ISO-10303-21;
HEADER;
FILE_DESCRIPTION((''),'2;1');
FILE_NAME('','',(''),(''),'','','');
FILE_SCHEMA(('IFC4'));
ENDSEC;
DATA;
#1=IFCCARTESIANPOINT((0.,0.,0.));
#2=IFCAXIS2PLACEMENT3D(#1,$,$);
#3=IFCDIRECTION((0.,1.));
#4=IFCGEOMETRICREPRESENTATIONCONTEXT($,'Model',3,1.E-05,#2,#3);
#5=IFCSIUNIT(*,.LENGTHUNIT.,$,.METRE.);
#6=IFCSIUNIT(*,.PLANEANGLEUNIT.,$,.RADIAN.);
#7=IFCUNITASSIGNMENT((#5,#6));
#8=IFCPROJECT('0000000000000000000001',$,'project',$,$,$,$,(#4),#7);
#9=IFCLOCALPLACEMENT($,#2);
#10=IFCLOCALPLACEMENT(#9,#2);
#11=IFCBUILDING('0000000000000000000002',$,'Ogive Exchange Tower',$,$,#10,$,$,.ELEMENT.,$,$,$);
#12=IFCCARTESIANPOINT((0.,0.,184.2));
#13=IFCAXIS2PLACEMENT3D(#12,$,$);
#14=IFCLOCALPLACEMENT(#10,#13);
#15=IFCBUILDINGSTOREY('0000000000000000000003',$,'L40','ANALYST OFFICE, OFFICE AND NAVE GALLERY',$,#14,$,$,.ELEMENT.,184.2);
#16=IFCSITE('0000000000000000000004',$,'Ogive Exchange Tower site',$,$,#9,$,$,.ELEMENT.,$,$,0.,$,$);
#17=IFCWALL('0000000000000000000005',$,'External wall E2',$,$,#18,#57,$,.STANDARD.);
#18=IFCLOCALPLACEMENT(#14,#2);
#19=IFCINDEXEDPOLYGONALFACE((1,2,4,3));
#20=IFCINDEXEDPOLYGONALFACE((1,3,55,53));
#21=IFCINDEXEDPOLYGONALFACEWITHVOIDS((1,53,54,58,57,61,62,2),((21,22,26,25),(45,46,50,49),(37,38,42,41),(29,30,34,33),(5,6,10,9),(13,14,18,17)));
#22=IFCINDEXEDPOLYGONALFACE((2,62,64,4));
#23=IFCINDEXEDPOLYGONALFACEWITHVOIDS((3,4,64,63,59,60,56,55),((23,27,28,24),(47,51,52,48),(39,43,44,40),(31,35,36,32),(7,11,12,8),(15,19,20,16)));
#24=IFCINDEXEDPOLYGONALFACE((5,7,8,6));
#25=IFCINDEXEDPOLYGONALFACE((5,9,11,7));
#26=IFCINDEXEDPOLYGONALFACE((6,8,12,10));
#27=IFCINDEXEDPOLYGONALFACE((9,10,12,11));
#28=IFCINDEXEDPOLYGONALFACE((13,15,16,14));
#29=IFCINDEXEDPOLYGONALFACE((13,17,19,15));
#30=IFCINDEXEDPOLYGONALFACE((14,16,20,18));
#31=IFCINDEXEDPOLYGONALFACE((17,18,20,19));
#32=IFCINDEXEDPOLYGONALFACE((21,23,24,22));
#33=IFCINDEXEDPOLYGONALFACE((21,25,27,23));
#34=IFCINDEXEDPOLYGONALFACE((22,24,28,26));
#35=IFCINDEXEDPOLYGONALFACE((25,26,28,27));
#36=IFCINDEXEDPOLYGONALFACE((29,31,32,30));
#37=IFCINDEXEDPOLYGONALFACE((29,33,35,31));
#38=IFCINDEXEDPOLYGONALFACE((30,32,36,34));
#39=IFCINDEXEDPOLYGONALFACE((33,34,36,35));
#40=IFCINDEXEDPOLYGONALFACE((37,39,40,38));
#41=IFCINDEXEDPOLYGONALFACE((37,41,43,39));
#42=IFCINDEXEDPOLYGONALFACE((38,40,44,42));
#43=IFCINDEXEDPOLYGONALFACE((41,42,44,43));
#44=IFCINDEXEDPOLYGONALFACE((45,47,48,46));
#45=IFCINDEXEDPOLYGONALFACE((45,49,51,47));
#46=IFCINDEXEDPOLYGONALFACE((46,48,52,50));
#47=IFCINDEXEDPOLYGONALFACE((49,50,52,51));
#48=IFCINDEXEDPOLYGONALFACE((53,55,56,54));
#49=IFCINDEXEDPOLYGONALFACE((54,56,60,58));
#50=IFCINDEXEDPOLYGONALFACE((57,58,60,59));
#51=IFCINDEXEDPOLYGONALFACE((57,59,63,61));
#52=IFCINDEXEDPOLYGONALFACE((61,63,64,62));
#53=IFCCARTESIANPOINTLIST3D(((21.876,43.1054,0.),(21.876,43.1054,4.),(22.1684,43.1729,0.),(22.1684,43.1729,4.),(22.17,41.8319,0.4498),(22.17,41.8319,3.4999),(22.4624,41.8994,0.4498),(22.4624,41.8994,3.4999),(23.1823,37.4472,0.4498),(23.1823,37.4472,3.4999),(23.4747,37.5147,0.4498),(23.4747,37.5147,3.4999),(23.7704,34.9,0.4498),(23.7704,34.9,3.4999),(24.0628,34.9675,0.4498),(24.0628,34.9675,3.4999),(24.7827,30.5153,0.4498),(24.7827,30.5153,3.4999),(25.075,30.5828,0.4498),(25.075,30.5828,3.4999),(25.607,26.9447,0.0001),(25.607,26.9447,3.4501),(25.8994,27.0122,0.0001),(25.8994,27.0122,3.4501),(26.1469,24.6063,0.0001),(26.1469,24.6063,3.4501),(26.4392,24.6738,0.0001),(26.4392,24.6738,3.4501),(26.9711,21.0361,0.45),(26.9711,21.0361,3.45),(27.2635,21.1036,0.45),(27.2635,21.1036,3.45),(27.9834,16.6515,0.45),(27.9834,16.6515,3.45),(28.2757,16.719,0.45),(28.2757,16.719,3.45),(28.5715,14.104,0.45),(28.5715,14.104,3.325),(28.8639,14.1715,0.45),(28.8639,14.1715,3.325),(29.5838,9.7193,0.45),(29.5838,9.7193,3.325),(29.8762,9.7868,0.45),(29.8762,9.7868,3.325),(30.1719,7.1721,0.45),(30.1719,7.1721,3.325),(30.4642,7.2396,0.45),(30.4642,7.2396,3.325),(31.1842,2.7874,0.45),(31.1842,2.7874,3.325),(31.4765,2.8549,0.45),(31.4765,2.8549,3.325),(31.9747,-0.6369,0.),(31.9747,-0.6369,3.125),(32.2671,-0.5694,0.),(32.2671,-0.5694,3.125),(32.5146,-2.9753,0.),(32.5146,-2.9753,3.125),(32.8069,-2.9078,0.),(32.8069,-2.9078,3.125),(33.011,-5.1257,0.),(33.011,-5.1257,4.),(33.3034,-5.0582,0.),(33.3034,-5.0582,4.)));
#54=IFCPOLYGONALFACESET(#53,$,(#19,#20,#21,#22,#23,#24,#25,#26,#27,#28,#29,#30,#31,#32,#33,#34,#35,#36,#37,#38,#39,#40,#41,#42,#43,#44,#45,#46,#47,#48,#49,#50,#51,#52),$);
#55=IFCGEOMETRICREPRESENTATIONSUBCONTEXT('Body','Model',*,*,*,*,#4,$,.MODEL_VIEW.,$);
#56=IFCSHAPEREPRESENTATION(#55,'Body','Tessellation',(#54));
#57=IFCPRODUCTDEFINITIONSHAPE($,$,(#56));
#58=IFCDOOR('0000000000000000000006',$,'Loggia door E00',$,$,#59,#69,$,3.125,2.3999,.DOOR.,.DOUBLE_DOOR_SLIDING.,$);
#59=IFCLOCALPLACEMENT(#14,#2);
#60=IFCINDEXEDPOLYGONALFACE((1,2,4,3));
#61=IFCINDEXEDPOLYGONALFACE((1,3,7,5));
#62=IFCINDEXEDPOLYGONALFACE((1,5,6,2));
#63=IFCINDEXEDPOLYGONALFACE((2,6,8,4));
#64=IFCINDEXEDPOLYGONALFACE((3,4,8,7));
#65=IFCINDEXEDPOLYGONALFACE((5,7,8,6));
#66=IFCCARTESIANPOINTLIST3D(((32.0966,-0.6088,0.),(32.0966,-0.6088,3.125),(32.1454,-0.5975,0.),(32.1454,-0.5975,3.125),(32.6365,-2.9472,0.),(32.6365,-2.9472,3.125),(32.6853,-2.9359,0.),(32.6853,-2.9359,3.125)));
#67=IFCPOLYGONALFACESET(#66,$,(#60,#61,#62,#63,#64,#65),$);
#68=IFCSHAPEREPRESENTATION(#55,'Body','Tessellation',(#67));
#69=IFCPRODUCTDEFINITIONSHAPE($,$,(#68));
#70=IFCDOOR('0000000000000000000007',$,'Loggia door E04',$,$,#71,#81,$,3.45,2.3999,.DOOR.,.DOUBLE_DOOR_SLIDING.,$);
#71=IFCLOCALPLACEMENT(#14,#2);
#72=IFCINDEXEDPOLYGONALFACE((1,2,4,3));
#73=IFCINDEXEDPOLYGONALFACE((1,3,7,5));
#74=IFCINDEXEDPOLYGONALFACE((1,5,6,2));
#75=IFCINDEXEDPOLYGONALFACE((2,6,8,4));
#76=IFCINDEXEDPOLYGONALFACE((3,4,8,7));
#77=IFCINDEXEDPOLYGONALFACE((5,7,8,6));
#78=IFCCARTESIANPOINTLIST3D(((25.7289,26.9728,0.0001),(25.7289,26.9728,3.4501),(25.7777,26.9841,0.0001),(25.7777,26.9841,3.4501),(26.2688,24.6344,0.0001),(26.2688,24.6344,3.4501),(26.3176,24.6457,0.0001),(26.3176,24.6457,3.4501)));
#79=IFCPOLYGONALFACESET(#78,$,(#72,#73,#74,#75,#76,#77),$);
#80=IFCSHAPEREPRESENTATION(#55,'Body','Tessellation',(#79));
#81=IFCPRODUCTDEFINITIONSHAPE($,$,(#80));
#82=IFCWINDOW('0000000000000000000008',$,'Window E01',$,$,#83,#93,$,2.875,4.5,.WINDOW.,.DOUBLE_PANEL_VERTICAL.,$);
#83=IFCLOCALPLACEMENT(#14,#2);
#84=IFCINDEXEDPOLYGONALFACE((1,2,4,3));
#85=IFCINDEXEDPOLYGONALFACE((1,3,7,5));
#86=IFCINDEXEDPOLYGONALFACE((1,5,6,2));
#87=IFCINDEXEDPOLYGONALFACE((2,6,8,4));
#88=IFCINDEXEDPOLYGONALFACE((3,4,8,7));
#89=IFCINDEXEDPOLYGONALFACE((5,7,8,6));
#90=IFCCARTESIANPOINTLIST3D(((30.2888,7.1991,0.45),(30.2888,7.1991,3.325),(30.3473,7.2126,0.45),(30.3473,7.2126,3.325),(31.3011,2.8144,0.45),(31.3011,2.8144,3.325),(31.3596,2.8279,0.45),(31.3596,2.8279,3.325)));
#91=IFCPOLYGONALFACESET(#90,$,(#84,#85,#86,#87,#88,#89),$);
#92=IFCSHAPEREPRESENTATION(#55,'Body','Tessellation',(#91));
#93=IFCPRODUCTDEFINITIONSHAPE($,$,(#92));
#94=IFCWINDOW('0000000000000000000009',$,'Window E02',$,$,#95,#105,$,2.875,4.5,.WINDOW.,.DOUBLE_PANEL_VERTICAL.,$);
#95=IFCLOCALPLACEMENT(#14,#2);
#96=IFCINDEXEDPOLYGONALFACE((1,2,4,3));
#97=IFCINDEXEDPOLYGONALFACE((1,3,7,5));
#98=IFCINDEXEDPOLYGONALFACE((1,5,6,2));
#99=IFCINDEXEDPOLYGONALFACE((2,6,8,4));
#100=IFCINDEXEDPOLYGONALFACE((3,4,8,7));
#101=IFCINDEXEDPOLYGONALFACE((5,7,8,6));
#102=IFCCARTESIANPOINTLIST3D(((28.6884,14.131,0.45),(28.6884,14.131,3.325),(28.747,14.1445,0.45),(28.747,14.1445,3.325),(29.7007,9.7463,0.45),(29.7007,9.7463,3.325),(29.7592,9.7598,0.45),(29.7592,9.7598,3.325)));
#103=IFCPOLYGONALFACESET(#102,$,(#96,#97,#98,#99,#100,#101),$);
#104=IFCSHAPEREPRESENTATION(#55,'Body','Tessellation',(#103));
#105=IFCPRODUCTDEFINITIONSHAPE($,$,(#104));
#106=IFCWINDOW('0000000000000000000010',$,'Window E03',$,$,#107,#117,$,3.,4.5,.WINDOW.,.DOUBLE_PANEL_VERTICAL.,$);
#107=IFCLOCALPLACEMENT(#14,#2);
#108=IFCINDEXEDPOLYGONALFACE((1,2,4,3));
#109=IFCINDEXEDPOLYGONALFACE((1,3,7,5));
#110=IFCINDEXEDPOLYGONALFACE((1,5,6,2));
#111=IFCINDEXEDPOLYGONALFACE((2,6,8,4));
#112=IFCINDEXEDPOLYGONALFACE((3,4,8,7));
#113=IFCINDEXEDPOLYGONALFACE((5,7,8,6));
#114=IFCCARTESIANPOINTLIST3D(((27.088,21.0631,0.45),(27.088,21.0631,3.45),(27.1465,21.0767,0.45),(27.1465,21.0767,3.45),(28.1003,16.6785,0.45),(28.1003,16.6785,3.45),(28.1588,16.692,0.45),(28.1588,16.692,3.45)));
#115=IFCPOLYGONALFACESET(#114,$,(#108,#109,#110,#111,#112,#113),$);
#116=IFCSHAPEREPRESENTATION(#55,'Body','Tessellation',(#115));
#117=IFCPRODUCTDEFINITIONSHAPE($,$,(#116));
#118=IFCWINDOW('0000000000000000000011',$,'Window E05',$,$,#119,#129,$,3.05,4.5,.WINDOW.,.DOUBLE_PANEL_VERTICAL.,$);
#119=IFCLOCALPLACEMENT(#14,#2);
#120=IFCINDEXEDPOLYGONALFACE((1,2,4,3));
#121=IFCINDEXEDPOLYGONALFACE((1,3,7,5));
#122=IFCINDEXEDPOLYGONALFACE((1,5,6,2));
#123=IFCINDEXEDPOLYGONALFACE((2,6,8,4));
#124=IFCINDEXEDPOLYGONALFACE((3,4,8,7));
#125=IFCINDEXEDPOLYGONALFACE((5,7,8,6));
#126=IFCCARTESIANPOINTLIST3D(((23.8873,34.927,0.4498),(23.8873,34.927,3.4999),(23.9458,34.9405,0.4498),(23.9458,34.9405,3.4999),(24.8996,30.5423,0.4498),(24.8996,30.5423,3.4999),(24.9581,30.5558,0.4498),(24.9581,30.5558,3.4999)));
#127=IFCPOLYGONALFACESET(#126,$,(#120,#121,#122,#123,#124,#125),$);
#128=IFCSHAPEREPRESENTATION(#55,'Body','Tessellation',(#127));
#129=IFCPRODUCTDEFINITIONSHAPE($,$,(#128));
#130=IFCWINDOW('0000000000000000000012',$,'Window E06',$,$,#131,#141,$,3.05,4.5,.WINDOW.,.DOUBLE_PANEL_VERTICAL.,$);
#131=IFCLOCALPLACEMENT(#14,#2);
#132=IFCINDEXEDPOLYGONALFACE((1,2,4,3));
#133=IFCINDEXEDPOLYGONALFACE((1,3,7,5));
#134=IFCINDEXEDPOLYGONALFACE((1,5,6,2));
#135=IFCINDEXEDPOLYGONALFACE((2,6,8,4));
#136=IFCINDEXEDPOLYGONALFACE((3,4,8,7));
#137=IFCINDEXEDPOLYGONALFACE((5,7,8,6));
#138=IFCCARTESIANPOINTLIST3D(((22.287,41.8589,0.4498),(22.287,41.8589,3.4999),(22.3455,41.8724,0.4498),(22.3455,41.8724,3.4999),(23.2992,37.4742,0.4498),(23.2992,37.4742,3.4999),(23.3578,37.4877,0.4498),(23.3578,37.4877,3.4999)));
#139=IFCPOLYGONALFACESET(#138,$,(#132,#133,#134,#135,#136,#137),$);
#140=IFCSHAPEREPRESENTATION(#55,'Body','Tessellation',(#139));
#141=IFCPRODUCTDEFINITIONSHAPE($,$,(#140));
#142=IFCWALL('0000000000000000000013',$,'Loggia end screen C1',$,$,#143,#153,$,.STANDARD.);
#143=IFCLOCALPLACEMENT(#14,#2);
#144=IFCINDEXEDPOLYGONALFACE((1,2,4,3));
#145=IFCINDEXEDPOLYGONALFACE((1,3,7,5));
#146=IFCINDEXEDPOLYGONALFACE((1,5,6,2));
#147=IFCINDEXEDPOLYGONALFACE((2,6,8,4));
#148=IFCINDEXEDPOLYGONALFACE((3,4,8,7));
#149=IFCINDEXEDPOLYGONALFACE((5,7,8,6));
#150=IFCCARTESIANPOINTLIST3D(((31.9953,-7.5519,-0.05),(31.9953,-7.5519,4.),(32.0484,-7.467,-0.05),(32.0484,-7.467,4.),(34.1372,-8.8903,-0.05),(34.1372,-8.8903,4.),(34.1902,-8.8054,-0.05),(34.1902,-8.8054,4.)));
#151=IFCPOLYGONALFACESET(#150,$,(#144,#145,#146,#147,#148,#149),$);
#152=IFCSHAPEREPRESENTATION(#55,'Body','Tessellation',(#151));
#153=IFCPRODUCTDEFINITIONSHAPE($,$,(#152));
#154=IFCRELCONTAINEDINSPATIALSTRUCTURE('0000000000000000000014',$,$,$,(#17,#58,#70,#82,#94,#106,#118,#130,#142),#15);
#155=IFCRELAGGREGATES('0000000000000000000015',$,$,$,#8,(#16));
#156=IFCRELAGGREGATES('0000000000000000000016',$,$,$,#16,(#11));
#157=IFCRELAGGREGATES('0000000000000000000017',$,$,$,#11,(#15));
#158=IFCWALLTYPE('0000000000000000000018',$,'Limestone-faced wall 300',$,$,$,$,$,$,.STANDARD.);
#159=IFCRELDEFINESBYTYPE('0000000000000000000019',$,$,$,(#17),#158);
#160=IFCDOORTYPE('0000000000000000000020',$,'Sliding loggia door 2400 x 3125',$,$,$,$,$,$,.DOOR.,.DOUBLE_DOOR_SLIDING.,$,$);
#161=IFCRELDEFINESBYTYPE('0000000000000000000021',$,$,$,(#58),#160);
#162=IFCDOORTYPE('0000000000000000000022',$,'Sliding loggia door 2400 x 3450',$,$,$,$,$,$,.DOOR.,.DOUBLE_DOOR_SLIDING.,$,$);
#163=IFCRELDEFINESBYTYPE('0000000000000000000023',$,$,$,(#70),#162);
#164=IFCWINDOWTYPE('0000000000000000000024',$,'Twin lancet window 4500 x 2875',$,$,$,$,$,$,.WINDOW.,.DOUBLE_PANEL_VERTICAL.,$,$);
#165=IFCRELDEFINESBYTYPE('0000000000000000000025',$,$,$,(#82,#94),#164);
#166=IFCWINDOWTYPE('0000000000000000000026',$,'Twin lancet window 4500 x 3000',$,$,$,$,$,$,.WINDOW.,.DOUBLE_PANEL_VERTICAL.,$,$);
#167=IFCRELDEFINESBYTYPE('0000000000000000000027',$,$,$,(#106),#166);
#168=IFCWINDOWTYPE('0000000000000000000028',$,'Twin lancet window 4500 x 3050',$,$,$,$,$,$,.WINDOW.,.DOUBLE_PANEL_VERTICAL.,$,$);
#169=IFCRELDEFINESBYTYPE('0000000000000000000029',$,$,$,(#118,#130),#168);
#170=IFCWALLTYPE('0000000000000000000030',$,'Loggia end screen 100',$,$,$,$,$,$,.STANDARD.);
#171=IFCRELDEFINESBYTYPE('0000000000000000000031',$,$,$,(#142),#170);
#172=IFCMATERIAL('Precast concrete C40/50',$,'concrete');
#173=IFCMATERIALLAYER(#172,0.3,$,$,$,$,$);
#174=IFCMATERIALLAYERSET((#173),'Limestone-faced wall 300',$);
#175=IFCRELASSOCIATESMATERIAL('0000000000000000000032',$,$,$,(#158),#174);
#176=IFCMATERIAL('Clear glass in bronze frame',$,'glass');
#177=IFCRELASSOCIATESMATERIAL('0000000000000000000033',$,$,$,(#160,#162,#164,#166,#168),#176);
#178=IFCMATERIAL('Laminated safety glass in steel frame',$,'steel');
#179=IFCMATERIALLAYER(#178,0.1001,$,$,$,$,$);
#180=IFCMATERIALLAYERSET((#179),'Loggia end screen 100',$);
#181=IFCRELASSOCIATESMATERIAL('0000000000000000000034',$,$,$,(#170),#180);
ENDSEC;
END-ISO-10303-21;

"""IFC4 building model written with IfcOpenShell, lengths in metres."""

from ifc_helpers import new_model, si_unit, direction, frame, frame_2d, origin, place, context, subcontext, project, spatial, rectangle, extrude, material, layer, layer_set, type_object, element, fill, save


model = new_model("IFC4")

# Units and contexts
model_context = context("Model", 3, precision=1e-05, world=origin(), true_north=direction((0.0, 1.0)))
body_context = subcontext(model_context, "Body", "Model", "MODEL_VIEW")
ifc_project = project(units=[si_unit("LENGTHUNIT", "METRE"), si_unit("PLANEANGLEUNIT", "RADIAN")], contexts=[model_context])

# Site, building, storey
site_placement = place(None, origin())
site = spatial("IfcSite", under=ifc_project, at=site_placement, Name="Ogive Exchange Tower site", CompositionType="ELEMENT", RefElevation=0.0)
building_placement = place(site_placement, origin())
building = spatial("IfcBuilding", under=site, at=building_placement, Name="Ogive Exchange Tower", CompositionType="ELEMENT")
storey_placement = place(building_placement, frame((0.0, 0.0, 184.2)))
storey = spatial("IfcBuildingStorey", under=building, at=storey_placement, Name="L40", Description="ANALYST OFFICE, OFFICE AND NAVE GALLERY", CompositionType="ELEMENT", Elevation=184.2)

# Wall, openings, doors, windows
ifc_material_1 = material(Name="Precast concrete C40/50", Category="concrete")
ifc_layer_1 = layer(ifc_material_1, 0.3)
ifc_layer_set_1 = layer_set([ifc_layer_1], Name="Limestone-faced wall 300")
wall_type_1 = type_object("IfcWallType", Name="Limestone-faced wall 300", PredefinedType="STANDARD", material=ifc_layer_set_1)
wall_1_placement = place(storey_placement, frame((33.1572, -5.092, 0.0), z_axis=(0.0, 0.0, 1.0), x_axis=(-0.22495, 0.97437, 0.0)))
wall_1 = element("IfcWall", 1, at=wall_1_placement, inside=storey, type_object=wall_type_1, Name="External wall E2", PredefinedType="STANDARD", context=body_context, shape_type="SweptSolid", body=[
    extrude(rectangle(XDim=49.4998, YDim=0.3, at=frame_2d((24.75, 0.0))), origin(), (0.0, 0.0, 1.0), 4.0),
])
opening_1_placement = place(wall_1_placement, frame((2.207, 0.0, 0.0)))
opening_1 = element("IfcOpeningElement", 2, at=opening_1_placement, cuts=wall_1, PredefinedType="OPENING", context=body_context, shape_type="SweptSolid", body=[
    extrude(rectangle(XDim=2.3999, YDim=3.125, at=frame_2d((1.2, 1.5625))), frame((0.0, 0.1599, 0.0), z_axis=(0.0, -1.0, 0.0), x_axis=(1.0, 0.0, 0.0)), (0.0, 0.0, 1.0), 0.3201),
])
opening_2_placement = place(wall_1_placement, frame((8.1213, 0.0, 0.45)))
opening_2 = element("IfcOpeningElement", 3, at=opening_2_placement, cuts=wall_1, PredefinedType="OPENING", context=body_context, shape_type="SweptSolid", body=[
    extrude(rectangle(XDim=4.5, YDim=2.875, at=frame_2d((2.25, 1.4375))), frame((0.0, 0.1599, 0.0), z_axis=(0.0, -1.0, 0.0), x_axis=(1.0, 0.0, 0.0)), (0.0, 0.0, 1.0), 0.3201),
])
opening_3_placement = place(wall_1_placement, frame((15.2356, 0.0, 0.45)))
opening_3 = element("IfcOpeningElement", 4, at=opening_3_placement, cuts=wall_1, PredefinedType="OPENING", context=body_context, shape_type="SweptSolid", body=[
    extrude(rectangle(XDim=4.5, YDim=2.875, at=frame_2d((2.25, 1.4375))), frame((0.0, 0.1599, 0.0), z_axis=(0.0, -1.0, 0.0), x_axis=(1.0, 0.0, 0.0)), (0.0, 0.0, 1.0), 0.3201),
])
opening_4_placement = place(wall_1_placement, frame((22.3501, 0.0, 0.45)))
opening_4 = element("IfcOpeningElement", 5, at=opening_4_placement, cuts=wall_1, PredefinedType="OPENING", context=body_context, shape_type="SweptSolid", body=[
    extrude(rectangle(XDim=4.5, YDim=3.0, at=frame_2d((2.25, 1.5))), frame((0.0, 0.1599, 0.0), z_axis=(0.0, -1.0, 0.0), x_axis=(1.0, 0.0, 0.0)), (0.0, 0.0, 1.0), 0.3201),
])
opening_5_placement = place(wall_1_placement, frame((30.5142, 0.0, 0.0)))
opening_5 = element("IfcOpeningElement", 6, at=opening_5_placement, cuts=wall_1, PredefinedType="OPENING", context=body_context, shape_type="SweptSolid", body=[
    extrude(rectangle(XDim=2.3999, YDim=3.45, at=frame_2d((1.2, 1.7251))), frame((0.0, 0.1599, 0.0), z_axis=(0.0, -1.0, 0.0), x_axis=(1.0, 0.0, 0.0)), (0.0, 0.0, 1.0), 0.3201),
])
opening_6_placement = place(wall_1_placement, frame((36.5786, 0.0, 0.45)))
opening_6 = element("IfcOpeningElement", 7, at=opening_6_placement, cuts=wall_1, PredefinedType="OPENING", context=body_context, shape_type="SweptSolid", body=[
    extrude(rectangle(XDim=4.5, YDim=3.05, at=frame_2d((2.25, 1.5249))), frame((0.0, 0.1599, 0.0), z_axis=(0.0, -1.0, 0.0), x_axis=(1.0, 0.0, 0.0)), (0.0, 0.0, 1.0), 0.3201),
])
opening_7_placement = place(wall_1_placement, frame((43.6929, 0.0, 0.45)))
opening_7 = element("IfcOpeningElement", 8, at=opening_7_placement, cuts=wall_1, PredefinedType="OPENING", context=body_context, shape_type="SweptSolid", body=[
    extrude(rectangle(XDim=4.5, YDim=3.05, at=frame_2d((2.25, 1.5249))), frame((0.0, 0.1599, 0.0), z_axis=(0.0, -1.0, 0.0), x_axis=(1.0, 0.0, 0.0)), (0.0, 0.0, 1.0), 0.3201),
])
ifc_material_2 = material(Name="Clear glass in bronze frame", Category="glass")
door_type_1 = type_object("IfcDoorType", Name="Sliding loggia door 2400 x 3125", OperationType="DOUBLE_DOOR_SLIDING", PredefinedType="DOOR", material=ifc_material_2)
door_1_placement = place(opening_1_placement, origin())
door_1 = element("IfcDoor", 9, at=door_1_placement, inside=storey, type_object=door_type_1, Name="Loggia door E00", OperationType="DOUBLE_DOOR_SLIDING", OverallHeight=3.125, OverallWidth=2.3999, PredefinedType="DOOR", context=body_context, shape_type="SweptSolid", body=[
    extrude(rectangle(XDim=2.3999, YDim=3.125, at=frame_2d((1.2, 1.5625))), frame((0.0, 0.0249, 0.0), z_axis=(0.0, -1.0, 0.0), x_axis=(1.0, 0.0, 0.0)), (0.0, 0.0, 1.0), 0.05),
])
fill(opening_1, door_1)
door_type_2 = type_object("IfcDoorType", Name="Sliding loggia door 2400 x 3450", OperationType="DOUBLE_DOOR_SLIDING", PredefinedType="DOOR", material=ifc_material_2)
door_2_placement = place(opening_5_placement, origin())
door_2 = element("IfcDoor", 10, at=door_2_placement, inside=storey, type_object=door_type_2, Name="Loggia door E04", OperationType="DOUBLE_DOOR_SLIDING", OverallHeight=3.45, OverallWidth=2.3999, PredefinedType="DOOR", context=body_context, shape_type="SweptSolid", body=[
    extrude(rectangle(XDim=2.3999, YDim=3.45, at=frame_2d((1.2, 1.7251))), frame((0.0, 0.0249, 0.0), z_axis=(0.0, -1.0, 0.0), x_axis=(1.0, 0.0, 0.0)), (0.0, 0.0, 1.0), 0.05),
])
fill(opening_5, door_2)
window_type_1 = type_object("IfcWindowType", Name="Twin lancet window 4500 x 2875", PartitioningType="DOUBLE_PANEL_VERTICAL", PredefinedType="WINDOW", material=ifc_material_2)
window_1_placement = place(opening_2_placement, origin())
window_1 = element("IfcWindow", 11, at=window_1_placement, inside=storey, type_object=window_type_1, Name="Window E01", OverallHeight=2.875, OverallWidth=4.5, PartitioningType="DOUBLE_PANEL_VERTICAL", PredefinedType="WINDOW", context=body_context, shape_type="SweptSolid", body=[
    extrude(rectangle(XDim=4.5, YDim=2.875, at=frame_2d((2.25, 1.4375))), frame((0.0, 0.03, 0.0), z_axis=(0.0, -1.0, 0.0), x_axis=(1.0, 0.0, 0.0)), (0.0, 0.0, 1.0), 0.0601),
])
fill(opening_2, window_1)
window_2_placement = place(opening_3_placement, origin())
window_2 = element("IfcWindow", 12, at=window_2_placement, inside=storey, type_object=window_type_1, Name="Window E02", OverallHeight=2.875, OverallWidth=4.5, PartitioningType="DOUBLE_PANEL_VERTICAL", PredefinedType="WINDOW", context=body_context, shape_type="SweptSolid", body=[
    extrude(rectangle(XDim=4.5, YDim=2.875, at=frame_2d((2.25, 1.4375))), frame((0.0, 0.03, 0.0), z_axis=(0.0, -1.0, 0.0), x_axis=(1.0, 0.0, 0.0)), (0.0, 0.0, 1.0), 0.0601),
])
fill(opening_3, window_2)
window_type_2 = type_object("IfcWindowType", Name="Twin lancet window 4500 x 3000", PartitioningType="DOUBLE_PANEL_VERTICAL", PredefinedType="WINDOW", material=ifc_material_2)
window_3_placement = place(opening_4_placement, origin())
window_3 = element("IfcWindow", 13, at=window_3_placement, inside=storey, type_object=window_type_2, Name="Window E03", OverallHeight=3.0, OverallWidth=4.5, PartitioningType="DOUBLE_PANEL_VERTICAL", PredefinedType="WINDOW", context=body_context, shape_type="SweptSolid", body=[
    extrude(rectangle(XDim=4.5, YDim=3.0, at=frame_2d((2.25, 1.5))), frame((0.0, 0.03, 0.0), z_axis=(0.0, -1.0, 0.0), x_axis=(1.0, 0.0, 0.0)), (0.0, 0.0, 1.0), 0.0601),
])
fill(opening_4, window_3)
window_type_3 = type_object("IfcWindowType", Name="Twin lancet window 4500 x 3050", PartitioningType="DOUBLE_PANEL_VERTICAL", PredefinedType="WINDOW", material=ifc_material_2)
window_4_placement = place(opening_6_placement, origin())
window_4 = element("IfcWindow", 14, at=window_4_placement, inside=storey, type_object=window_type_3, Name="Window E05", OverallHeight=3.05, OverallWidth=4.5, PartitioningType="DOUBLE_PANEL_VERTICAL", PredefinedType="WINDOW", context=body_context, shape_type="SweptSolid", body=[
    extrude(rectangle(XDim=4.5, YDim=3.05, at=frame_2d((2.25, 1.5249))), frame((0.0, 0.03, 0.0), z_axis=(0.0, -1.0, 0.0), x_axis=(1.0, 0.0, 0.0)), (0.0, 0.0, 1.0), 0.0601),
])
fill(opening_6, window_4)
window_5_placement = place(opening_7_placement, origin())
window_5 = element("IfcWindow", 15, at=window_5_placement, inside=storey, type_object=window_type_3, Name="Window E06", OverallHeight=3.05, OverallWidth=4.5, PartitioningType="DOUBLE_PANEL_VERTICAL", PredefinedType="WINDOW", context=body_context, shape_type="SweptSolid", body=[
    extrude(rectangle(XDim=4.5, YDim=3.05, at=frame_2d((2.25, 1.5249))), frame((0.0, 0.03, 0.0), z_axis=(0.0, -1.0, 0.0), x_axis=(1.0, 0.0, 0.0)), (0.0, 0.0, 1.0), 0.0601),
])
fill(opening_7, window_5)

# Wall
ifc_material_3 = material(Name="Laminated safety glass in steel frame", Category="steel")
ifc_layer_2 = layer(ifc_material_3, 0.1001)
ifc_layer_set_2 = layer_set([ifc_layer_2], Name="Loggia end screen 100")
wall_type_2 = type_object("IfcWallType", Name="Loggia end screen 100", PredefinedType="STANDARD", material=ifc_layer_set_2)
wall_2_placement = place(storey_placement, frame((32.022, -7.5095, -0.05), z_axis=(0.0, 0.0, 1.0), x_axis=(0.848047, -0.529921, 0.0)))
element("IfcWall", 16, at=wall_2_placement, inside=storey, type_object=wall_type_2, Name="Loggia end screen C1", PredefinedType="STANDARD", context=body_context, shape_type="SweptSolid", body=[
    extrude(rectangle(XDim=2.5256, YDim=0.1001, at=frame_2d((1.2627, 0.0))), origin(), (0.0, 0.0, 1.0), 4.05),
])

save(model, "model.ifc")
